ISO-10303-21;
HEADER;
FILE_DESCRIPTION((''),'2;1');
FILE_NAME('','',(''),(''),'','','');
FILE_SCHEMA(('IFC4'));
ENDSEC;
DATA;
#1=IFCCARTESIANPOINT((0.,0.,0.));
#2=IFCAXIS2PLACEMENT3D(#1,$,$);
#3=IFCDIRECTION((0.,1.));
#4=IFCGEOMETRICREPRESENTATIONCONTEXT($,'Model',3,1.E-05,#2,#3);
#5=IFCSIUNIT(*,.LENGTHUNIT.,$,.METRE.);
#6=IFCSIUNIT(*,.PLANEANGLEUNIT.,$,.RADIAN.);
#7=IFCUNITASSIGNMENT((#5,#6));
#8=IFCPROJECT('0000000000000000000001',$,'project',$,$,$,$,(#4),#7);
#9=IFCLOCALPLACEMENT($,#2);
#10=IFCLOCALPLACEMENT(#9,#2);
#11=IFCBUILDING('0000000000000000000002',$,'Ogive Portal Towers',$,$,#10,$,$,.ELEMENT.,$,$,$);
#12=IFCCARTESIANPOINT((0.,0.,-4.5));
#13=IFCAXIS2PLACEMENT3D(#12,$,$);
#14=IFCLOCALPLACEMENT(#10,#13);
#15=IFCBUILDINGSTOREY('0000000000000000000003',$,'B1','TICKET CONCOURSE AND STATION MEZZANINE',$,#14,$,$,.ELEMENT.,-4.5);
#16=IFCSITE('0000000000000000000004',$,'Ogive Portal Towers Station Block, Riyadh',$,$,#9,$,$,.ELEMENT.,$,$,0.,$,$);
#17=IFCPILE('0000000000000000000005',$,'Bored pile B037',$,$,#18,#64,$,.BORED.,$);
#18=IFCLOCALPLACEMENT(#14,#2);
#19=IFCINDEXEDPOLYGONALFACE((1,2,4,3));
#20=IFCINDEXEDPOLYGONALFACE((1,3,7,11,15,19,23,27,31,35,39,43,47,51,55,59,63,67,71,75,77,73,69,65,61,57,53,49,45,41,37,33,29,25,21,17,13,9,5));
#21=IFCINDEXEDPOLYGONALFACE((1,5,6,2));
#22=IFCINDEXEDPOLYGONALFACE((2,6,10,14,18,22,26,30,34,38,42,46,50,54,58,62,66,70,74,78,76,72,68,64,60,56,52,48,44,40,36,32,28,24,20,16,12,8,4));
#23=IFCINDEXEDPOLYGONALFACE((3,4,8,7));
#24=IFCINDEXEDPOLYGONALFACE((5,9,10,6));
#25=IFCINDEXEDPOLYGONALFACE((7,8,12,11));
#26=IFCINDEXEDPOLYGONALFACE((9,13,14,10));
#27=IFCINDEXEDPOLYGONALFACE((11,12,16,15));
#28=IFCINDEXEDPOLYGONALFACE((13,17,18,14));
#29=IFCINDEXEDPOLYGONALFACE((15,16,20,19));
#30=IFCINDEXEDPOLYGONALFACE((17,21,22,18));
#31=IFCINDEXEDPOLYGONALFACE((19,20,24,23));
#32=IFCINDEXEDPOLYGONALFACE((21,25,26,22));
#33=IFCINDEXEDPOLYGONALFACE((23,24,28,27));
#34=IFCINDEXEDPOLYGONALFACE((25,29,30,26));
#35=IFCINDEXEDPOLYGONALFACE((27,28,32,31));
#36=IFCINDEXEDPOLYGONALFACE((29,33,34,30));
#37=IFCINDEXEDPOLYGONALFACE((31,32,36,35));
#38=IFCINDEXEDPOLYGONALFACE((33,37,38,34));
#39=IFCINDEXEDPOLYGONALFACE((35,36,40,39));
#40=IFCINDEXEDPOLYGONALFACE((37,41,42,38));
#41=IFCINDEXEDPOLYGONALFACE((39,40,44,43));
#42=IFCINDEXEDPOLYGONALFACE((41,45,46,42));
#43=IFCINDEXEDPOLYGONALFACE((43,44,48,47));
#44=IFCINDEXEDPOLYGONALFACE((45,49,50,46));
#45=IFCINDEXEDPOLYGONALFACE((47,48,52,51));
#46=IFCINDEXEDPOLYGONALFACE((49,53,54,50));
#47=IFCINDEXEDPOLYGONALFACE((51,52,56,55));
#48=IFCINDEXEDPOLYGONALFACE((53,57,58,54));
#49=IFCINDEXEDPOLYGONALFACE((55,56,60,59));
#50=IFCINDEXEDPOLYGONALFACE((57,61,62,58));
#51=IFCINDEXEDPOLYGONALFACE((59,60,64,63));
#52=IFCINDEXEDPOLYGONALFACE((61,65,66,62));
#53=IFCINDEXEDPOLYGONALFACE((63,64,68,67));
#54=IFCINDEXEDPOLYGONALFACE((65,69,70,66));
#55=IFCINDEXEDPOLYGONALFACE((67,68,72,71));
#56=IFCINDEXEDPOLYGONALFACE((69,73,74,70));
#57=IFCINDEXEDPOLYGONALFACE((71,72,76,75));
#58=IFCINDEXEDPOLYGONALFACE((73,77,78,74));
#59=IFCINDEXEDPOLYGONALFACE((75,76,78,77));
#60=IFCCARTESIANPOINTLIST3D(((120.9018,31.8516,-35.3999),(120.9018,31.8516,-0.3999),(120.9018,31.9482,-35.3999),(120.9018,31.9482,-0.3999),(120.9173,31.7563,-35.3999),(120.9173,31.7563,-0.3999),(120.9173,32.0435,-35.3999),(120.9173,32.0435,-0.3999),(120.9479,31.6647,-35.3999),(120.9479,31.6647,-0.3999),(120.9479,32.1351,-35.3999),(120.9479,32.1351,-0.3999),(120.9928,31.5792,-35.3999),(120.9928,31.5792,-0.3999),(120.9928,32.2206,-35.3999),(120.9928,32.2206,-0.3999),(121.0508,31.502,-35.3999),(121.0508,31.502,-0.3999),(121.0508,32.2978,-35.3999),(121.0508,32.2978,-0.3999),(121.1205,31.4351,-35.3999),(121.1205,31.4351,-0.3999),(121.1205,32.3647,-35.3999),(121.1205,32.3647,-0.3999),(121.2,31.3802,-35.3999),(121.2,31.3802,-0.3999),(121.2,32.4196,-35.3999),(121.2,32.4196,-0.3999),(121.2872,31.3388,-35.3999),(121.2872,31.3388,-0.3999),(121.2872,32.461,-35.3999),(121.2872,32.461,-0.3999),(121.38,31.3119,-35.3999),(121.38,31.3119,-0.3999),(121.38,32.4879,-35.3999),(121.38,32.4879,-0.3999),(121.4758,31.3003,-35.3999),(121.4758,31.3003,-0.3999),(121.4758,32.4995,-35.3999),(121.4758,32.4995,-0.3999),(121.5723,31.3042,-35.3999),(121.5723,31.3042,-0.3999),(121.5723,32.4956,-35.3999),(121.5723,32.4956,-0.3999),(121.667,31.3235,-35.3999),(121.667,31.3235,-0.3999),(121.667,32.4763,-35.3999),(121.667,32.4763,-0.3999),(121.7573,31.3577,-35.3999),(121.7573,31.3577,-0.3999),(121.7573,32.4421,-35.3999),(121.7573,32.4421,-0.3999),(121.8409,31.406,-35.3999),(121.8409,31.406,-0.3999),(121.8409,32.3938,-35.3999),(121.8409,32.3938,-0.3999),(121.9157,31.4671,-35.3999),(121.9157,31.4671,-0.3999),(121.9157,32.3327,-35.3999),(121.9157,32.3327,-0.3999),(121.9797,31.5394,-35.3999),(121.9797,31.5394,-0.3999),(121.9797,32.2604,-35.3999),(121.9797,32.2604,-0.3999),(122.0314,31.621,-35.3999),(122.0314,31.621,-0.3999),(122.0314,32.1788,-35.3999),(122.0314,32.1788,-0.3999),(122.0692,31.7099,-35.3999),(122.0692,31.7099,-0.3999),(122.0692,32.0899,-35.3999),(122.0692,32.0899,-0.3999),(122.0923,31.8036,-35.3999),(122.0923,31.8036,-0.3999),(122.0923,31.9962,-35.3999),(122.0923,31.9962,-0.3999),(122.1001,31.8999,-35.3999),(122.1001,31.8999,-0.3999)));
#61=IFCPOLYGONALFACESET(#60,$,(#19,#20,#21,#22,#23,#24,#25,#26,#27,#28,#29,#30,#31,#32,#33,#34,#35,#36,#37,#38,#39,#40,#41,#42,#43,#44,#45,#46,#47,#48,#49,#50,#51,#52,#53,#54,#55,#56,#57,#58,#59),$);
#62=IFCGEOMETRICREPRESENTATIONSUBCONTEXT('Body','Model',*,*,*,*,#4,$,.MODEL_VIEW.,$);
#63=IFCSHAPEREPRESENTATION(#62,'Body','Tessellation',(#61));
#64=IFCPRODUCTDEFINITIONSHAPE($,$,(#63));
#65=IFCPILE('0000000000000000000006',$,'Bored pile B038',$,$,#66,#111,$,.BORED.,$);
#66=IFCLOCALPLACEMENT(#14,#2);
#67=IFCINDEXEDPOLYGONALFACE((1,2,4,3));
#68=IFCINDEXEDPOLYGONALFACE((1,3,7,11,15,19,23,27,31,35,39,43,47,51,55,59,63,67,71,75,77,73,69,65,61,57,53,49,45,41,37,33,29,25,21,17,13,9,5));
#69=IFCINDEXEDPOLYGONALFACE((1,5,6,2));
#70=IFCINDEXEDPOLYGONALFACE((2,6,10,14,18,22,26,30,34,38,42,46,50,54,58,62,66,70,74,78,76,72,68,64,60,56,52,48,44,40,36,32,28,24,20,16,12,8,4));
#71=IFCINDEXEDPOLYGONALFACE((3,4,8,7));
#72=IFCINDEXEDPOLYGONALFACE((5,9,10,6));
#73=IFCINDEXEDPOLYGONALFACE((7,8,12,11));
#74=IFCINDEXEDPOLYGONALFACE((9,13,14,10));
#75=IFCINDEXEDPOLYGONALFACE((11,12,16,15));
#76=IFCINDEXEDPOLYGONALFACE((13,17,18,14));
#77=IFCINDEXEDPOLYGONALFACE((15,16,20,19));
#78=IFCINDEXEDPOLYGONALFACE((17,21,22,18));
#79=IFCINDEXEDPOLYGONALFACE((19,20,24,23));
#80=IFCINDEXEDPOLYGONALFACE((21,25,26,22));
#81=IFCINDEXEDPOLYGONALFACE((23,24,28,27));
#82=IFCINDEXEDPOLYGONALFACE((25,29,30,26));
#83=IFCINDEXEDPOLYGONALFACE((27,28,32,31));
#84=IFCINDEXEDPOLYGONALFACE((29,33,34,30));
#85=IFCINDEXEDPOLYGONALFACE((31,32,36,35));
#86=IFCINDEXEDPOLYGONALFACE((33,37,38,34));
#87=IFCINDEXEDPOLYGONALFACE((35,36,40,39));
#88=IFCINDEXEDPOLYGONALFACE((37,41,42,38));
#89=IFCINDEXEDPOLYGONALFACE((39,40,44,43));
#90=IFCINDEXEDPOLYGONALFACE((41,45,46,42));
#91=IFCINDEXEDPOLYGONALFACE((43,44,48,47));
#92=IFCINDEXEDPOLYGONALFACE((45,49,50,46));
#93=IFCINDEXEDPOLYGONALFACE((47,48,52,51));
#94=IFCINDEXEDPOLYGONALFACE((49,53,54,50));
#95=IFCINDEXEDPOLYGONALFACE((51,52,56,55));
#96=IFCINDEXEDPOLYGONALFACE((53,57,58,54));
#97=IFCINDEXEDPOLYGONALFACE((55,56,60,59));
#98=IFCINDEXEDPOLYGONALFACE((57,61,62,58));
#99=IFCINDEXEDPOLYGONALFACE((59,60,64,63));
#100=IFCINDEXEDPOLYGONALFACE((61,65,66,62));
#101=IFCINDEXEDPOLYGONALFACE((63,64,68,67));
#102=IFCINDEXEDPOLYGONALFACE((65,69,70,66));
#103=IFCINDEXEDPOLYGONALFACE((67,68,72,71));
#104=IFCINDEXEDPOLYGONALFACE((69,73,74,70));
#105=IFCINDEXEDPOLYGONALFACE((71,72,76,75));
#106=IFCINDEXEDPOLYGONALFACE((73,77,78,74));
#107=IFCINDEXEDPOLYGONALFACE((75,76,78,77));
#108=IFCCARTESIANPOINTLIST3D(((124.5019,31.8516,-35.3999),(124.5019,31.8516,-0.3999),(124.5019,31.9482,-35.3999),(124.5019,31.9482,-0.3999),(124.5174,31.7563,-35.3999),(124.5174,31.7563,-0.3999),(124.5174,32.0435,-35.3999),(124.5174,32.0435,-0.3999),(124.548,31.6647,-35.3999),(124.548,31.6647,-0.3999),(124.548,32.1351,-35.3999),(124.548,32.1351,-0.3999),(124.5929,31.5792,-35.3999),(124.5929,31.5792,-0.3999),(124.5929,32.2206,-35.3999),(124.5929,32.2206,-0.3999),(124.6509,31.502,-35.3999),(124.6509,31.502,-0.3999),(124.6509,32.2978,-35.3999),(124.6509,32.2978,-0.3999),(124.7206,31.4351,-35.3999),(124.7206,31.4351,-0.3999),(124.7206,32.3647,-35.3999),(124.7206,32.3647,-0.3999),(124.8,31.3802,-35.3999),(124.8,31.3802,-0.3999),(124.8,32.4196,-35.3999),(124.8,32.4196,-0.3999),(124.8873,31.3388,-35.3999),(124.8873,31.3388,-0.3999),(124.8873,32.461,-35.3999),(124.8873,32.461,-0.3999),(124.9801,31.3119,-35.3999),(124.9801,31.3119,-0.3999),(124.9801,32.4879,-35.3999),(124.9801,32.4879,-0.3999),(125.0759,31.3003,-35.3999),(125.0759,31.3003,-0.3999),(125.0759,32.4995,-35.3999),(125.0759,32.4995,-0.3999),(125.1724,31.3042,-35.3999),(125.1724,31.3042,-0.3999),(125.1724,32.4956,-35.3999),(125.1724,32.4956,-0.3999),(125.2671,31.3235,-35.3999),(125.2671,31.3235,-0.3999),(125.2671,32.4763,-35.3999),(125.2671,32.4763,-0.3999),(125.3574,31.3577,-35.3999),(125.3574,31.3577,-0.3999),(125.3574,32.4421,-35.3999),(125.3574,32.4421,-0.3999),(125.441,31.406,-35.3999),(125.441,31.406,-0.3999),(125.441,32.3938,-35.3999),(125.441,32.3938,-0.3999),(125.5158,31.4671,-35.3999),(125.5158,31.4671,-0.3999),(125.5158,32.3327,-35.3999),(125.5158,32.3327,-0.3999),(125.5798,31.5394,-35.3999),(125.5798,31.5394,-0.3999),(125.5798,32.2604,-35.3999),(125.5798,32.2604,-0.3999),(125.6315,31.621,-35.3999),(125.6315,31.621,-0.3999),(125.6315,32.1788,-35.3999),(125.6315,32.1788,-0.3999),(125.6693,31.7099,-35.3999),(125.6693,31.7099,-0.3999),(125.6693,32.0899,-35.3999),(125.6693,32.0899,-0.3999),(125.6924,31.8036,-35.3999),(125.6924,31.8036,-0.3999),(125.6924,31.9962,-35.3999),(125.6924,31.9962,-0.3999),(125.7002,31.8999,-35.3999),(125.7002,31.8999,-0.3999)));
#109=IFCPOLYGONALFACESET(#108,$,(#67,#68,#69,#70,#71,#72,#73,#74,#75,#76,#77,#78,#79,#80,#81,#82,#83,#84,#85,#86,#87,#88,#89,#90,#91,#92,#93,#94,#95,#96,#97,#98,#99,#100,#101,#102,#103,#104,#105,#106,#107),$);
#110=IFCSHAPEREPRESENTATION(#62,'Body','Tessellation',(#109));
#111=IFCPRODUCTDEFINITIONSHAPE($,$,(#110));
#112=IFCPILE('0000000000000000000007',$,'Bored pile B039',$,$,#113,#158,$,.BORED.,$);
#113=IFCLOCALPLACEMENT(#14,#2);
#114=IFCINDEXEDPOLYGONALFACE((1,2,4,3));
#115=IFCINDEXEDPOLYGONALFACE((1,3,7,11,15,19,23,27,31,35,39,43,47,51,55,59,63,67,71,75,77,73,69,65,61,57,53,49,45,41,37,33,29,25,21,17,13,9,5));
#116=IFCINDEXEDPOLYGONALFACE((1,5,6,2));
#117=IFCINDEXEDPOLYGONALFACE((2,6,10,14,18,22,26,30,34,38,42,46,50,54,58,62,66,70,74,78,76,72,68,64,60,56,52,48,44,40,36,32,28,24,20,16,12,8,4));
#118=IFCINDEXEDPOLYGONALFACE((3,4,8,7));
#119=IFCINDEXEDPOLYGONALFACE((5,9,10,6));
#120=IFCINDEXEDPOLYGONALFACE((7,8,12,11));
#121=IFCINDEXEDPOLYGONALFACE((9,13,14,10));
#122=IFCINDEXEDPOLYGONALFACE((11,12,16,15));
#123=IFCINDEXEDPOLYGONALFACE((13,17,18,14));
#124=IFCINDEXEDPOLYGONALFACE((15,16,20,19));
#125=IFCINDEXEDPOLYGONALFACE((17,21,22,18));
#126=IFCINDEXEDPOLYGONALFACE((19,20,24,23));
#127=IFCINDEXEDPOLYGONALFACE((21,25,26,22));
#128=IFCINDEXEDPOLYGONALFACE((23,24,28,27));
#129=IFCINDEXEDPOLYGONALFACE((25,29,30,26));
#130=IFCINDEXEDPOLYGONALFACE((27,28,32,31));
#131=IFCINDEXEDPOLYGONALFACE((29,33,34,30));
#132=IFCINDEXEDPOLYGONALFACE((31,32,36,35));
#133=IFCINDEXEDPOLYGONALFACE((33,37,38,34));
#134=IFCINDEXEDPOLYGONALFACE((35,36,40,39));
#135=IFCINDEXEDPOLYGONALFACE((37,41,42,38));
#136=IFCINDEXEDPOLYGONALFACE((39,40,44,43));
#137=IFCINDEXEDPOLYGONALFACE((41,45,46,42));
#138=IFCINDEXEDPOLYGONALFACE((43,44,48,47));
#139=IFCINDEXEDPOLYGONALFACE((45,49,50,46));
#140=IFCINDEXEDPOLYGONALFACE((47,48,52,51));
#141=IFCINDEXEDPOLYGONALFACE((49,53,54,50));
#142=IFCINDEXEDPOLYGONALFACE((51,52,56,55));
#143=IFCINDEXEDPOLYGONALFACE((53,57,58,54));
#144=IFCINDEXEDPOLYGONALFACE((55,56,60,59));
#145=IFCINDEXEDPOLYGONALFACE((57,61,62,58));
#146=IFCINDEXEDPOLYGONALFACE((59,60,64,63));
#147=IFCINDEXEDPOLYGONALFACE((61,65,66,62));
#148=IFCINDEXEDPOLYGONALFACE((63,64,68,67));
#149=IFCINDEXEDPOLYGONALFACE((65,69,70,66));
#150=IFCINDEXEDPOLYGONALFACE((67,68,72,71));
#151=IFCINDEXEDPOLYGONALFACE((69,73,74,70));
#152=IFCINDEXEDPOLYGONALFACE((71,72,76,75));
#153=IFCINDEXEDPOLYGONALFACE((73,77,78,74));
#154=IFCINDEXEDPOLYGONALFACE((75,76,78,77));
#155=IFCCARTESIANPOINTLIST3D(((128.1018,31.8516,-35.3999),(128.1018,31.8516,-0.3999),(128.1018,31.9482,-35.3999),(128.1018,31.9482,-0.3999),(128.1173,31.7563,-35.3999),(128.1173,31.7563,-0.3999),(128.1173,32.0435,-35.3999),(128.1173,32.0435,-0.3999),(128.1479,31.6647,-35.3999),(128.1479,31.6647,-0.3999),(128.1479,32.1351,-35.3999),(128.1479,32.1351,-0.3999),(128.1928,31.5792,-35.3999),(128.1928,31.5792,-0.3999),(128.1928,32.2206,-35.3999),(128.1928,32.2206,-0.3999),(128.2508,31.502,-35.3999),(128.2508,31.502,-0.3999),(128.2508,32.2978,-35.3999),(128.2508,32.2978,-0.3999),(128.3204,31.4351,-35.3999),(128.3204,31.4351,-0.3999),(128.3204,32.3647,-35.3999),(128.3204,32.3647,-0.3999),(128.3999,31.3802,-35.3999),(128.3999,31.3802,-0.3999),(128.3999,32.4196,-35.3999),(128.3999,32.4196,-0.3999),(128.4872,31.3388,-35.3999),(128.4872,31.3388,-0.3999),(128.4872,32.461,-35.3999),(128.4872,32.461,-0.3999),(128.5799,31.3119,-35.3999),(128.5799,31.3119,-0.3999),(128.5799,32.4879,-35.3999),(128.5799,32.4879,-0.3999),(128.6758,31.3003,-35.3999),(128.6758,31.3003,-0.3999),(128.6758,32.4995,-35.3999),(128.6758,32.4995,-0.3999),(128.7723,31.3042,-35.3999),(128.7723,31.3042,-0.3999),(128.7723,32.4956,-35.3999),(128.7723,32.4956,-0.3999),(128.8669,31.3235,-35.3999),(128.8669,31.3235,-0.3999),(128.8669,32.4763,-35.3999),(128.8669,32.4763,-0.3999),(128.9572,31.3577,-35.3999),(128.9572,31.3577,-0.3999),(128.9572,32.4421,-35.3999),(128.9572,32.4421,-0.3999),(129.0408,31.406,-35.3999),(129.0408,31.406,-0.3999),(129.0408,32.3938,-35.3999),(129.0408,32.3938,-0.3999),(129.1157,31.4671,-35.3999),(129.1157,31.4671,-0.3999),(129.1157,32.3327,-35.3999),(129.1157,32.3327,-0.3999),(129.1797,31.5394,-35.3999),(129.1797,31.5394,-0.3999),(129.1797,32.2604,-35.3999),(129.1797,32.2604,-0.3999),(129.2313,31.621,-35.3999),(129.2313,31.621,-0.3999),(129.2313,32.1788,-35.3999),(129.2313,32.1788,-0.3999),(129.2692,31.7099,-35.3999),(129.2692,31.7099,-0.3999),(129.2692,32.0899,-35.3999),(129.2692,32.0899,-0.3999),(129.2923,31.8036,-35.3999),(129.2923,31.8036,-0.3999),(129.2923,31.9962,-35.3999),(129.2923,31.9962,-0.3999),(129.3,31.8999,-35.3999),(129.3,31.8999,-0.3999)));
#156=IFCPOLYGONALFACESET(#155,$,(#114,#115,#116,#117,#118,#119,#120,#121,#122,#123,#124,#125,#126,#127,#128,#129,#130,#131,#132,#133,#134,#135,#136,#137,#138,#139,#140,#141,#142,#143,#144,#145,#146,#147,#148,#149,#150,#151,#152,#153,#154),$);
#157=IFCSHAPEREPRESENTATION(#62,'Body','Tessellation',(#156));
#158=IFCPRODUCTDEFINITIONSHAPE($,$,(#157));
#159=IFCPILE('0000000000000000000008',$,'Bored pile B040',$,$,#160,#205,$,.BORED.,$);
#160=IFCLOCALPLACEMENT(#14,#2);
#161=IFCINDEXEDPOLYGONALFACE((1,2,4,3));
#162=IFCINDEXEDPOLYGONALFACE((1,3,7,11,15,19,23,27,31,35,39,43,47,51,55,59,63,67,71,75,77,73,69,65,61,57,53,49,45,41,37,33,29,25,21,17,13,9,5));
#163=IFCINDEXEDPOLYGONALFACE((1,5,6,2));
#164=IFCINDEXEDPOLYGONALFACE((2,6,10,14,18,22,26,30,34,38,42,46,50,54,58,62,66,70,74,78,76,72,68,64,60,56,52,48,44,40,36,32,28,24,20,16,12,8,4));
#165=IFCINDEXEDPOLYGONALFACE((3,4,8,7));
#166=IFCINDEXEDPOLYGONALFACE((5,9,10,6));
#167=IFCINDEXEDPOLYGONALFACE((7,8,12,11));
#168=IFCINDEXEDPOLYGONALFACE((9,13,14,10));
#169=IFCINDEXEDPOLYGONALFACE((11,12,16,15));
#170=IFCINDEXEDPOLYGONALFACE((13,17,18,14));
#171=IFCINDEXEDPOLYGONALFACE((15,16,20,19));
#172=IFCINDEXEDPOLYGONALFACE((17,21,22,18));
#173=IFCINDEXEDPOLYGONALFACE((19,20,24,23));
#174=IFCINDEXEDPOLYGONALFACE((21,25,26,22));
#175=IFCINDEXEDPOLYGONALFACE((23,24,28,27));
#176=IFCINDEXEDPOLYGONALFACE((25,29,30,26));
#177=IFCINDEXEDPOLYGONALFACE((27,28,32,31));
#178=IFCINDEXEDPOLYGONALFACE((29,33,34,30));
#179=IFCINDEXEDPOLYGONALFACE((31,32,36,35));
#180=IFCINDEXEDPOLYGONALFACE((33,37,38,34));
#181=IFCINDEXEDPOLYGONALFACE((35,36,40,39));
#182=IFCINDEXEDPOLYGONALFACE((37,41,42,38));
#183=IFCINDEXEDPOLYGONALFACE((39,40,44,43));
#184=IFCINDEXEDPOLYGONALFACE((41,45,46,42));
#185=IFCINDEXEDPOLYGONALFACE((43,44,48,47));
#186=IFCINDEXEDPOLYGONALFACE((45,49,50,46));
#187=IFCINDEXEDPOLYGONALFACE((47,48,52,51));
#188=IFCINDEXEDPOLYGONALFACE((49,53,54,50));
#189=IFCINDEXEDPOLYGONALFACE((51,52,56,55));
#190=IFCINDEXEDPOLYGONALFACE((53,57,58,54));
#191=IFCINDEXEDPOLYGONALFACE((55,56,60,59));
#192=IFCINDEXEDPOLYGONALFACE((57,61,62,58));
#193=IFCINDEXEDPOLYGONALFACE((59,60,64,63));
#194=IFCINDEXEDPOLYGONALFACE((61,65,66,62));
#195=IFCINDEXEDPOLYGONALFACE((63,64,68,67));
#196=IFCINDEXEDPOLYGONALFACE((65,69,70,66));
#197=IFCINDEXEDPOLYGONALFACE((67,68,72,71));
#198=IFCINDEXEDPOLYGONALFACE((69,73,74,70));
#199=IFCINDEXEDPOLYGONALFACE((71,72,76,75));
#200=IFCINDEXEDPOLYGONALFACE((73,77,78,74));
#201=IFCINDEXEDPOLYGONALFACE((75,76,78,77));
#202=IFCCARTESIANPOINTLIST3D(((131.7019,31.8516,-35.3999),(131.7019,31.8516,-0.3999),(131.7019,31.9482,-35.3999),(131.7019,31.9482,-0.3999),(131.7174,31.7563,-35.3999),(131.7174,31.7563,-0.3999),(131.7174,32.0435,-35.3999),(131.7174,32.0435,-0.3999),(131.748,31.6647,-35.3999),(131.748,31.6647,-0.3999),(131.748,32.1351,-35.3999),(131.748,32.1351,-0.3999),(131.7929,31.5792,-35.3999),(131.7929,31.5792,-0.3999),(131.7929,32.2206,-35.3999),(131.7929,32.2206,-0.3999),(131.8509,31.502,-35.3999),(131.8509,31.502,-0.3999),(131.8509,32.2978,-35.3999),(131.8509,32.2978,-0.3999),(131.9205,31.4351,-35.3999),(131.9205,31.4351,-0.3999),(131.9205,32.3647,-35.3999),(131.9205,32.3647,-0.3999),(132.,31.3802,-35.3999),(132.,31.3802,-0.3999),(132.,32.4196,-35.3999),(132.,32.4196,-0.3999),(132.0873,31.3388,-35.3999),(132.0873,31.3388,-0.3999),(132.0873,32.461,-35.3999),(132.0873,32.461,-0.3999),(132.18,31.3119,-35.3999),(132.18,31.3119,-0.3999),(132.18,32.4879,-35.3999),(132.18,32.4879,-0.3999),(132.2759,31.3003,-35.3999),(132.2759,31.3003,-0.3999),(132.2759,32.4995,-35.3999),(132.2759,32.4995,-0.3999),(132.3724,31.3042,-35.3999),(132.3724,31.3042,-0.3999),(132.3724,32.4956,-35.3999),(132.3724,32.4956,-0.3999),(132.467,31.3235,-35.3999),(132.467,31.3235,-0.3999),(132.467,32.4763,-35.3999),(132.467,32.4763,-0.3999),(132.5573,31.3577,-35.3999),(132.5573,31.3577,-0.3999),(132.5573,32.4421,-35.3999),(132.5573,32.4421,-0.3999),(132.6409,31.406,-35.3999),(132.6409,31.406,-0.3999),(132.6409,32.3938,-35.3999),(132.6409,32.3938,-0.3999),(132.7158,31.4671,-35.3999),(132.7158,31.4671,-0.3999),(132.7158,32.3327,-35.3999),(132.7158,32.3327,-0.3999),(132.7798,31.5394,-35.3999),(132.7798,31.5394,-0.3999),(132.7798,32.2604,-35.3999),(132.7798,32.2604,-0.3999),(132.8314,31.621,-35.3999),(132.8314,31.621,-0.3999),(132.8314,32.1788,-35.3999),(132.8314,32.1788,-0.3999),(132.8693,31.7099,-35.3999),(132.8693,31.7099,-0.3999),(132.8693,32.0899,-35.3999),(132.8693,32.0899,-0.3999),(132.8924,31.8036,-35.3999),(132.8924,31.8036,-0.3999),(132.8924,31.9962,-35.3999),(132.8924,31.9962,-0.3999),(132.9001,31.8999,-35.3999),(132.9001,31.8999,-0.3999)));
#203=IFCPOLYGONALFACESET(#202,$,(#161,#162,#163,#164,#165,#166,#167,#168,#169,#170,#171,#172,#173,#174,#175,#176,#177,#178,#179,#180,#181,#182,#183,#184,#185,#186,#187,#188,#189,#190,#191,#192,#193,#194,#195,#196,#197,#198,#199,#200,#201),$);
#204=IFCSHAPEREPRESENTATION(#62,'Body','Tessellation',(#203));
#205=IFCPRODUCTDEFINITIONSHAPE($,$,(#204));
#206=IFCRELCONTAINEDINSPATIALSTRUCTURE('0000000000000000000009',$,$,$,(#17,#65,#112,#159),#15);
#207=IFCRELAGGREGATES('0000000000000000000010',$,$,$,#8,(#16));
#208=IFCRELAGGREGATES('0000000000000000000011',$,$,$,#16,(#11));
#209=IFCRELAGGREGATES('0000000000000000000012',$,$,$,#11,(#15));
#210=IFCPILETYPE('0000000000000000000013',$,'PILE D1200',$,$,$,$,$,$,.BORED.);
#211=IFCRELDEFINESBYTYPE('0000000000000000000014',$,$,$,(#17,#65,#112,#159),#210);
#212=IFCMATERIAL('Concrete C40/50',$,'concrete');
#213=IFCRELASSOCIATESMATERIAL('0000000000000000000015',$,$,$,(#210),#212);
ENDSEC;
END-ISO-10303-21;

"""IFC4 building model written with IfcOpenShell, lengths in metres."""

from ifc_helpers import new_model, si_unit, direction, frame, origin, origin_2d, place, context, subcontext, project, spatial, circle, extrude, material, material_profile, profile_set, type_object, element, save


model = new_model("IFC4")

# Units and contexts
model_context = context("Model", 3, precision=1e-05, world=origin(), true_north=direction((0.0, 1.0)))
body_context = subcontext(model_context, "Body", "Model", "MODEL_VIEW")
ifc_project = project(units=[si_unit("LENGTHUNIT", "METRE"), si_unit("PLANEANGLEUNIT", "RADIAN")], contexts=[model_context])

# Site, building, storey
site_placement = place(None, origin())
site = spatial("IfcSite", under=ifc_project, at=site_placement, Name="Ogive Portal Towers Station Block, Riyadh", CompositionType="ELEMENT", RefElevation=0.0)
building_placement = place(site_placement, origin())
building = spatial("IfcBuilding", under=site, at=building_placement, Name="Ogive Portal Towers", CompositionType="ELEMENT")
storey_placement = place(building_placement, frame((0.0, 0.0, -4.5)))
storey = spatial("IfcBuildingStorey", under=building, at=storey_placement, Name="B1", Description="TICKET CONCOURSE AND STATION MEZZANINE", CompositionType="ELEMENT", Elevation=-4.5)

# Piles
ifc_material_1 = material(Name="Concrete C40/50", Category="concrete")
ifc_material_profile_1 = material_profile(ifc_material_1, circle(Radius=0.6001, at=origin_2d()), Name="PILE D1200")
ifc_profile_set_1 = profile_set([ifc_material_profile_1], Name="Concrete C40/50")
pile_type = type_object("IfcPileType", Name="PILE D1200", PredefinedType="BORED", material=ifc_profile_set_1)
for number, where, z_axis, x_axis, name in (
    (1, (121.5, 31.8999, -0.3999), (0.0, 0.0, -1.0), (1.0, 0.0, 0.0), "Bored pile B037"),
    (2, (125.1001, 31.8999, -0.3999), (0.0, 0.0, -1.0), (1.0, 0.0, 0.0), "Bored pile B038"),
    (3, (128.7, 31.8999, -0.3999), (0.0, 0.0, -1.0), (1.0, 0.0, 0.0), "Bored pile B039"),
    (4, (132.3, 31.8999, -0.3999), (0.0, 0.0, -1.0), (1.0, 0.0, 0.0), "Bored pile B040"),
):
    element("IfcPile", number, at=place(storey_placement, frame(where, z_axis=z_axis, x_axis=x_axis)), inside=storey, type_object=pile_type, Name=name, PredefinedType="BORED", context=body_context, shape_type="SweptSolid", body=[
        extrude(circle(Radius=0.6001, at=origin_2d()), origin(), (0.0, 0.0, 1.0), 35.0),
    ])

save(model, "model.ifc")
